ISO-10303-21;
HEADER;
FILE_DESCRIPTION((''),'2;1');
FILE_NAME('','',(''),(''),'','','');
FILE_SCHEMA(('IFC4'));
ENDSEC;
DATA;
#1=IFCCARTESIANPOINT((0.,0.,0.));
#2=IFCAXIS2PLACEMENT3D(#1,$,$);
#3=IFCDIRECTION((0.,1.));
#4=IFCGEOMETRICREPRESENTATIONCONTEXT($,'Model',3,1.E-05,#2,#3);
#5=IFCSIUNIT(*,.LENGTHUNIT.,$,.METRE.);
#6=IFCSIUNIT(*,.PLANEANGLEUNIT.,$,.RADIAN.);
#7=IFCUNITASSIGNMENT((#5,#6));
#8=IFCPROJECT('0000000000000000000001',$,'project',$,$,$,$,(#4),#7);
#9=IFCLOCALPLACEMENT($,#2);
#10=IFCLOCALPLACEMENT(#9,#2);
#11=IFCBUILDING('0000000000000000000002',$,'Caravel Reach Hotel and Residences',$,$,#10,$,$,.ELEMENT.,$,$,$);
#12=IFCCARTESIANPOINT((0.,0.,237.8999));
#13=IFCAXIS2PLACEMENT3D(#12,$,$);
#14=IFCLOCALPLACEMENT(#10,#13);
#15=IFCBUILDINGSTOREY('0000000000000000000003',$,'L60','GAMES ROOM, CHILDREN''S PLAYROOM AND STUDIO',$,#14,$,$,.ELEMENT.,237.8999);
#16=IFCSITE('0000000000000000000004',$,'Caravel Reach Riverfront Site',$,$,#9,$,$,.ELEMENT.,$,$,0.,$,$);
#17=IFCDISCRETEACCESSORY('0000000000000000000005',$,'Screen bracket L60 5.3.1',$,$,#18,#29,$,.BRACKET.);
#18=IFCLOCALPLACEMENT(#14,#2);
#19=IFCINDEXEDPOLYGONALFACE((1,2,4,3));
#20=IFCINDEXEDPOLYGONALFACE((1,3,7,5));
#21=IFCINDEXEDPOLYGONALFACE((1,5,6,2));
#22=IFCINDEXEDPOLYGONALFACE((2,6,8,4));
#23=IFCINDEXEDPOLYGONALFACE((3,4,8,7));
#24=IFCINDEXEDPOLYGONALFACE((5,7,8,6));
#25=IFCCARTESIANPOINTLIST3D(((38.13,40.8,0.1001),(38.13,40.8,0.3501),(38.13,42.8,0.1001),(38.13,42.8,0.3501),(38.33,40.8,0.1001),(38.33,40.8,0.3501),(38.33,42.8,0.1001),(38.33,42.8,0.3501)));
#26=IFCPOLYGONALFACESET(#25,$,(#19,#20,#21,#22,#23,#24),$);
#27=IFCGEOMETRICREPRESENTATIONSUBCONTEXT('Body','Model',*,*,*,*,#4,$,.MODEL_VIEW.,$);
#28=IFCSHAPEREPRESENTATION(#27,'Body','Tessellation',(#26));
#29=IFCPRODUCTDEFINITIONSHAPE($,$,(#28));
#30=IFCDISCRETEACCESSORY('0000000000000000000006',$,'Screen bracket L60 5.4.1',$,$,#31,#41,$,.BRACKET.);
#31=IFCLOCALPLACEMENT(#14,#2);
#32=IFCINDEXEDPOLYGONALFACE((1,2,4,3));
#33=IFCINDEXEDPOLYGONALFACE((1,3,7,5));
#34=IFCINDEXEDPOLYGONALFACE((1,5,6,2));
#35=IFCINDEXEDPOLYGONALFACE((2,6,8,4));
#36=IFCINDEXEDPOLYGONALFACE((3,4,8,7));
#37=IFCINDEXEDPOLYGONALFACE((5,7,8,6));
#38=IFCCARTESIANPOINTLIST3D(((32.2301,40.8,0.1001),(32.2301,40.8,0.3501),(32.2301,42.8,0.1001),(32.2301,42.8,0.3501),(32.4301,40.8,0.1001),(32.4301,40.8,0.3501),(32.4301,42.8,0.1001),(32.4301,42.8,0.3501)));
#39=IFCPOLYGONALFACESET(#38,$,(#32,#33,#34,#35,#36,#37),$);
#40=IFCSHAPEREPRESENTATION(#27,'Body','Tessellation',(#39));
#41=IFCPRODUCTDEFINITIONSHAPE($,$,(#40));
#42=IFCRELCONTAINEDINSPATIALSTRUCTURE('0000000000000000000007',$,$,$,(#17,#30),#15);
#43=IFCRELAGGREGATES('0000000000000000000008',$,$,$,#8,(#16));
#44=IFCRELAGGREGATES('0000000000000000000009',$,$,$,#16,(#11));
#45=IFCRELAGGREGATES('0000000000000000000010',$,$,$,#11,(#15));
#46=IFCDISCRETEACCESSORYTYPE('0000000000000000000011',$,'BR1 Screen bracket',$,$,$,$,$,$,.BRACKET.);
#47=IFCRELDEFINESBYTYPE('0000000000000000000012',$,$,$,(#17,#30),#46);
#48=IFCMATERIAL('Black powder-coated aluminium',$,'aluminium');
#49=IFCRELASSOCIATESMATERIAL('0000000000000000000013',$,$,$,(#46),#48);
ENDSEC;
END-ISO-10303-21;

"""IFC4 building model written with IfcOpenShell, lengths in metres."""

from ifc_helpers import new_model, si_unit, direction, frame, origin, origin_2d, place, context, subcontext, project, spatial, rectangle, extrude, material, type_object, element, save


model = new_model("IFC4")

# Units and contexts
model_context = context("Model", 3, precision=1e-05, world=origin(), true_north=direction((0.0, 1.0)))
body_context = subcontext(model_context, "Body", "Model", "MODEL_VIEW")
ifc_project = project(units=[si_unit("LENGTHUNIT", "METRE"), si_unit("PLANEANGLEUNIT", "RADIAN")], contexts=[model_context])

# Site, building, storey
site_placement = place(None, origin())
site = spatial("IfcSite", under=ifc_project, at=site_placement, Name="Caravel Reach Riverfront Site", CompositionType="ELEMENT", RefElevation=0.0)
building_placement = place(site_placement, origin())
building = spatial("IfcBuilding", under=site, at=building_placement, Name="Caravel Reach Hotel and Residences", CompositionType="ELEMENT")
storey_placement = place(building_placement, frame((0.0, 0.0, 237.8999)))
storey = spatial("IfcBuildingStorey", under=building, at=storey_placement, Name="L60", Description="GAMES ROOM, CHILDREN'S PLAYROOM AND STUDIO", CompositionType="ELEMENT", Elevation=237.8999)

# Discrete accessories
ifc_material_1 = material(Name="Black powder-coated aluminium", Category="aluminium")
discrete_accessory_type = type_object("IfcDiscreteAccessoryType", Name="BR1 Screen bracket", PredefinedType="BRACKET", material=ifc_material_1)
for number, where, z_axis, x_axis, name in (
    (1, (38.23, 41.8, 0.1001), (0.0, 0.0, 1.0), (0.0, 1.0, 0.0), "Screen bracket L60 5.3.1"),
    (2, (32.3301, 41.8, 0.1001), (0.0, 0.0, 1.0), (0.0, 1.0, 0.0), "Screen bracket L60 5.4.1"),
):
    element("IfcDiscreteAccessory", number, at=place(storey_placement, frame(where, z_axis=z_axis, x_axis=x_axis)), inside=storey, type_object=discrete_accessory_type, Name=name, PredefinedType="BRACKET", context=body_context, shape_type="SweptSolid", body=[
        extrude(rectangle(XDim=2.0, YDim=0.2, at=origin_2d()), origin(), (0.0, 0.0, 1.0), 0.25),
    ])

save(model, "model.ifc")
